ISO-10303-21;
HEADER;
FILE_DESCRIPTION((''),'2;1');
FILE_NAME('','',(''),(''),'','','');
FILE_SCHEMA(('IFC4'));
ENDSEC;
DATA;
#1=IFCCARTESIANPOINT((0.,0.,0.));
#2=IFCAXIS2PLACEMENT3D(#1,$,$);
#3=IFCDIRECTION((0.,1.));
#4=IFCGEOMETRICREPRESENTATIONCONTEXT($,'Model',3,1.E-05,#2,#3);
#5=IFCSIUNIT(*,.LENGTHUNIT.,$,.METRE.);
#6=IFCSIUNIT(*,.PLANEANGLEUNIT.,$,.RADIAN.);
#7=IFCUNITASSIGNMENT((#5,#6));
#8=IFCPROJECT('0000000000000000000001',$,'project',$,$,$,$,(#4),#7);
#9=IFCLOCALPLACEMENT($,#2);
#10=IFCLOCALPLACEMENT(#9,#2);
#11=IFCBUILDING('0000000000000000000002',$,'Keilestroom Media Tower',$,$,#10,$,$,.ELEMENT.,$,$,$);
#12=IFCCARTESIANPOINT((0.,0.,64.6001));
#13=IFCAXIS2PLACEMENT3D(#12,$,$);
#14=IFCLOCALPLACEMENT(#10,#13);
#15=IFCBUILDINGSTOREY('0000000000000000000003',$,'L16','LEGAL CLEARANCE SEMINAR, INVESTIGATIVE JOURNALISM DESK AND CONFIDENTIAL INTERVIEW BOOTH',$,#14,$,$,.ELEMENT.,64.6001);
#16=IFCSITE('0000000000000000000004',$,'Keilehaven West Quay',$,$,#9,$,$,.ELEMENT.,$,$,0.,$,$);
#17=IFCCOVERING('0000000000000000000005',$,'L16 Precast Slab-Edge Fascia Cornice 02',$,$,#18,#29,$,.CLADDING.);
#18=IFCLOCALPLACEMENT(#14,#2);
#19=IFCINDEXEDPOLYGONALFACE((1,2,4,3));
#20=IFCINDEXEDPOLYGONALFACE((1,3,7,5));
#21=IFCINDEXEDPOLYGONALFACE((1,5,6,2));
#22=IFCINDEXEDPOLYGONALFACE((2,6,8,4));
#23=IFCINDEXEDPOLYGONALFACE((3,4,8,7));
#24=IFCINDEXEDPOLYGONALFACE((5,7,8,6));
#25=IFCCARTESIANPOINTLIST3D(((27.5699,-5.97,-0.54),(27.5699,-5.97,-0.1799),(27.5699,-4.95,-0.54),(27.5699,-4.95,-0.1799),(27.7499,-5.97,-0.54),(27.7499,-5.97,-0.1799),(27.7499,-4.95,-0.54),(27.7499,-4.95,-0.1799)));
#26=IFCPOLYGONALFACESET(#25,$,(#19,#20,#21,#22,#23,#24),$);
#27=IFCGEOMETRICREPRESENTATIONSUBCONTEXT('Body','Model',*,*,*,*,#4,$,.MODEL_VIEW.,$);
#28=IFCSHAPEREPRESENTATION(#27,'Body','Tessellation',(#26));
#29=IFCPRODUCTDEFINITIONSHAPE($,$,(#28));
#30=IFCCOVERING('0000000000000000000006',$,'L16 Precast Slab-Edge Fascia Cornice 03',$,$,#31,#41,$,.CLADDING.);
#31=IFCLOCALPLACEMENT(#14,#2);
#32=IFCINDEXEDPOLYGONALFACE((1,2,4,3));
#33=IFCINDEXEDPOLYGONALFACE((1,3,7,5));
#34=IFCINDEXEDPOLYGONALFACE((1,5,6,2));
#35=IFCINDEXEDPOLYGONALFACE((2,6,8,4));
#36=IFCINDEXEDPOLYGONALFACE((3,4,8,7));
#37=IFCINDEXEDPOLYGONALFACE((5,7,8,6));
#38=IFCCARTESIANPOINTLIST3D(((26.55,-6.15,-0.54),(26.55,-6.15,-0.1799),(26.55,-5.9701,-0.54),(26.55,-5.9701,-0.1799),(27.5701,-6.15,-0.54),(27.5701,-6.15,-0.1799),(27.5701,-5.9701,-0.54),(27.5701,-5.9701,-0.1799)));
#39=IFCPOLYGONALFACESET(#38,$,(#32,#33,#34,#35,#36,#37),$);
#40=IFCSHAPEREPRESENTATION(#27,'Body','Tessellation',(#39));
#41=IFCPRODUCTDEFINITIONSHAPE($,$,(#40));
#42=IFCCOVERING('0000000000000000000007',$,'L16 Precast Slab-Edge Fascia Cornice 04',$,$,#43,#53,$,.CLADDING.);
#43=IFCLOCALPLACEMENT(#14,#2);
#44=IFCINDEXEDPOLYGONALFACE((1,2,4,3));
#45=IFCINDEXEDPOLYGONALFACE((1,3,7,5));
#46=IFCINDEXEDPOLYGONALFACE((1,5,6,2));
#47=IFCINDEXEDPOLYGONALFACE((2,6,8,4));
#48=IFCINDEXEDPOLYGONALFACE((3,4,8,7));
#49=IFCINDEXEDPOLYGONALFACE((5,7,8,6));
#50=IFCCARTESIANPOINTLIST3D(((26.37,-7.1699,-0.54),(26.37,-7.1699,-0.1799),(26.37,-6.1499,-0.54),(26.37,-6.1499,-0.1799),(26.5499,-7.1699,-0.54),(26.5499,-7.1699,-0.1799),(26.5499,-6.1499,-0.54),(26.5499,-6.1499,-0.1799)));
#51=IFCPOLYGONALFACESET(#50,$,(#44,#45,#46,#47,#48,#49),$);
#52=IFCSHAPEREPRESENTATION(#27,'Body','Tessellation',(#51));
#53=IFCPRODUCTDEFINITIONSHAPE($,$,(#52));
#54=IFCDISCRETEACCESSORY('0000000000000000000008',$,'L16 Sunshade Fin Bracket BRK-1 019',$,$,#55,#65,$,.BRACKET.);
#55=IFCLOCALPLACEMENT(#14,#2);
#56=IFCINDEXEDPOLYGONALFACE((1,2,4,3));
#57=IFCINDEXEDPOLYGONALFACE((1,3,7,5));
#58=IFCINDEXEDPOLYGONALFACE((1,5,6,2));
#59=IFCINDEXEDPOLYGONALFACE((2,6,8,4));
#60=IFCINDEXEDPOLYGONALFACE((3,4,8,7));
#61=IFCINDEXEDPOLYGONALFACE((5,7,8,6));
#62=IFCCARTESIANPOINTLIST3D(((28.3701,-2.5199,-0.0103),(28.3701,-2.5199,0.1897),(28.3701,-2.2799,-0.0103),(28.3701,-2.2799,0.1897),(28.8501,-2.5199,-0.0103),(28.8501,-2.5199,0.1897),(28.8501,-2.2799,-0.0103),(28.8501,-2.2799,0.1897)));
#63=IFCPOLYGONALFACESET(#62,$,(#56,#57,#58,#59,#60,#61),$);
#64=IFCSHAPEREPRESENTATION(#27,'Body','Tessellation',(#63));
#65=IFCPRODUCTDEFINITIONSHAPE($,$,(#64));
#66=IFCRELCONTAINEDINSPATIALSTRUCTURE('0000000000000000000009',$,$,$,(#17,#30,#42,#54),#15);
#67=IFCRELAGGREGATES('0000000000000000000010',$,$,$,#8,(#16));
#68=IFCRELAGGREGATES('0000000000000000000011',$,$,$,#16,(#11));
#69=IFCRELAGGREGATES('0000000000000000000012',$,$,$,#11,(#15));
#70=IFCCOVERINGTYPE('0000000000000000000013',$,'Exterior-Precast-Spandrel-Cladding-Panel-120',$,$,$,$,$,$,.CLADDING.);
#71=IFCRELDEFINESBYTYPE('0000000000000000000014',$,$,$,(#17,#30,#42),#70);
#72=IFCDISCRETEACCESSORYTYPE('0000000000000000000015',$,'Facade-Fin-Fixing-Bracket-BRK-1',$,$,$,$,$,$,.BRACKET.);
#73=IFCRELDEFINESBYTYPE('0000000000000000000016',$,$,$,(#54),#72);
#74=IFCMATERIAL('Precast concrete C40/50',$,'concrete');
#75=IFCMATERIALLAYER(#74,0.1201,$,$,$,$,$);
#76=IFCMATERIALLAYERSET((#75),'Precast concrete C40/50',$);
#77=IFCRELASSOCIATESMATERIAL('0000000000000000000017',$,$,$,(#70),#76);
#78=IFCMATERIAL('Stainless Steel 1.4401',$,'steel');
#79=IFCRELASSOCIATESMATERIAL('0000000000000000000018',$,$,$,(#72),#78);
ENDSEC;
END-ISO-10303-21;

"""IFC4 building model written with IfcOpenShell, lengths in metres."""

from ifc_helpers import new_model, si_unit, direction, frame, origin, origin_2d, place, context, subcontext, project, spatial, rectangle, extrude, source, transform, mapped, material, layer, layer_set, type_object, element, save


model = new_model("IFC4")

# Units and contexts
model_context = context("Model", 3, precision=1e-05, world=origin(), true_north=direction((0.0, 1.0)))
body_context = subcontext(model_context, "Body", "Model", "MODEL_VIEW")
ifc_project = project(units=[si_unit("LENGTHUNIT", "METRE"), si_unit("PLANEANGLEUNIT", "RADIAN")], contexts=[model_context])

# Site, building, storey
site_placement = place(None, origin())
site = spatial("IfcSite", under=ifc_project, at=site_placement, Name="Keilehaven West Quay", CompositionType="ELEMENT", RefElevation=0.0)
building_placement = place(site_placement, origin())
building = spatial("IfcBuilding", under=site, at=building_placement, Name="Keilestroom Media Tower", CompositionType="ELEMENT")
storey_placement = place(building_placement, frame((0.0, 0.0, 64.6001)))
storey = spatial("IfcBuildingStorey", under=building, at=storey_placement, Name="L16", Description="LEGAL CLEARANCE SEMINAR, INVESTIGATIVE JOURNALISM DESK AND CONFIDENTIAL INTERVIEW BOOTH", CompositionType="ELEMENT", Elevation=64.6001)

# Shared definitions
ifc_material_1 = material(Name="Precast concrete C40/50", Category="concrete")

# Coverings
ifc_layer_1 = layer(ifc_material_1, 0.1201)
ifc_layer_set_1 = layer_set([ifc_layer_1], Name="Precast concrete C40/50")
covering_type = type_object("IfcCoveringType", Name="Exterior-Precast-Spandrel-Cladding-Panel-120", PredefinedType="CLADDING", material=ifc_layer_set_1)
shared_shape_1 = source(origin(), body_context, "Body", "SweptSolid", [
    extrude(rectangle(XDim=1.02, YDim=0.1799, at=origin_2d()), origin(), (0.0, 0.0, 1.0), 0.3601),
])
for number, where, z_axis, x_axis, name in (
    (1, (27.6599, -5.46, -0.54), (0.0, 0.0, 1.0), (0.0, -1.0, 0.0), "L16 Precast Slab-Edge Fascia Cornice 02"),
    (2, (27.0601, -6.0601, -0.54), (0.0, 0.0, 1.0), (-1.0, 0.0, 0.0), "L16 Precast Slab-Edge Fascia Cornice 03"),
    (3, (26.46, -6.6599, -0.54), (0.0, 0.0, 1.0), (0.0, -1.0, 0.0), "L16 Precast Slab-Edge Fascia Cornice 04"),
):
    element("IfcCovering", number, at=place(storey_placement, frame(where, z_axis=z_axis, x_axis=x_axis)), inside=storey, type_object=covering_type, Name=name, PredefinedType="CLADDING", context=body_context, shape_type="MappedRepresentation", body=[
        mapped(shared_shape_1, transform((0.0, 0.0, 0.0), x_axis=(1.0, 0.0, 0.0), y_axis=(0.0, 1.0, 0.0), z_axis=(0.0, 0.0, 1.0), scale=1.0)),
    ])

# Discrete accessory
ifc_material_2 = material(Name="Stainless Steel 1.4401", Category="steel")
discrete_accessory_type = type_object("IfcDiscreteAccessoryType", Name="Facade-Fin-Fixing-Bracket-BRK-1", PredefinedType="BRACKET", material=ifc_material_2)
shared_shape_2 = source(origin(), body_context, "Body", "SweptSolid", [
    extrude(rectangle(XDim=0.48, YDim=0.24, at=origin_2d()), origin(), (0.0, 0.0, 1.0), 0.2),
])
discrete_accessory_placement = place(storey_placement, frame((28.6101, -2.3999, -0.0103), z_axis=(0.0, 0.0, 1.0), x_axis=(1.0, 0.0, 0.0)))
element("IfcDiscreteAccessory", 4, at=discrete_accessory_placement, inside=storey, type_object=discrete_accessory_type, Name="L16 Sunshade Fin Bracket BRK-1 019", PredefinedType="BRACKET", context=body_context, shape_type="MappedRepresentation", body=[
    mapped(shared_shape_2, transform((0.0, 0.0, 0.0), x_axis=(1.0, 0.0, 0.0), y_axis=(0.0, 1.0, 0.0), z_axis=(0.0, 0.0, 1.0), scale=1.0)),
])

save(model, "model.ifc")
